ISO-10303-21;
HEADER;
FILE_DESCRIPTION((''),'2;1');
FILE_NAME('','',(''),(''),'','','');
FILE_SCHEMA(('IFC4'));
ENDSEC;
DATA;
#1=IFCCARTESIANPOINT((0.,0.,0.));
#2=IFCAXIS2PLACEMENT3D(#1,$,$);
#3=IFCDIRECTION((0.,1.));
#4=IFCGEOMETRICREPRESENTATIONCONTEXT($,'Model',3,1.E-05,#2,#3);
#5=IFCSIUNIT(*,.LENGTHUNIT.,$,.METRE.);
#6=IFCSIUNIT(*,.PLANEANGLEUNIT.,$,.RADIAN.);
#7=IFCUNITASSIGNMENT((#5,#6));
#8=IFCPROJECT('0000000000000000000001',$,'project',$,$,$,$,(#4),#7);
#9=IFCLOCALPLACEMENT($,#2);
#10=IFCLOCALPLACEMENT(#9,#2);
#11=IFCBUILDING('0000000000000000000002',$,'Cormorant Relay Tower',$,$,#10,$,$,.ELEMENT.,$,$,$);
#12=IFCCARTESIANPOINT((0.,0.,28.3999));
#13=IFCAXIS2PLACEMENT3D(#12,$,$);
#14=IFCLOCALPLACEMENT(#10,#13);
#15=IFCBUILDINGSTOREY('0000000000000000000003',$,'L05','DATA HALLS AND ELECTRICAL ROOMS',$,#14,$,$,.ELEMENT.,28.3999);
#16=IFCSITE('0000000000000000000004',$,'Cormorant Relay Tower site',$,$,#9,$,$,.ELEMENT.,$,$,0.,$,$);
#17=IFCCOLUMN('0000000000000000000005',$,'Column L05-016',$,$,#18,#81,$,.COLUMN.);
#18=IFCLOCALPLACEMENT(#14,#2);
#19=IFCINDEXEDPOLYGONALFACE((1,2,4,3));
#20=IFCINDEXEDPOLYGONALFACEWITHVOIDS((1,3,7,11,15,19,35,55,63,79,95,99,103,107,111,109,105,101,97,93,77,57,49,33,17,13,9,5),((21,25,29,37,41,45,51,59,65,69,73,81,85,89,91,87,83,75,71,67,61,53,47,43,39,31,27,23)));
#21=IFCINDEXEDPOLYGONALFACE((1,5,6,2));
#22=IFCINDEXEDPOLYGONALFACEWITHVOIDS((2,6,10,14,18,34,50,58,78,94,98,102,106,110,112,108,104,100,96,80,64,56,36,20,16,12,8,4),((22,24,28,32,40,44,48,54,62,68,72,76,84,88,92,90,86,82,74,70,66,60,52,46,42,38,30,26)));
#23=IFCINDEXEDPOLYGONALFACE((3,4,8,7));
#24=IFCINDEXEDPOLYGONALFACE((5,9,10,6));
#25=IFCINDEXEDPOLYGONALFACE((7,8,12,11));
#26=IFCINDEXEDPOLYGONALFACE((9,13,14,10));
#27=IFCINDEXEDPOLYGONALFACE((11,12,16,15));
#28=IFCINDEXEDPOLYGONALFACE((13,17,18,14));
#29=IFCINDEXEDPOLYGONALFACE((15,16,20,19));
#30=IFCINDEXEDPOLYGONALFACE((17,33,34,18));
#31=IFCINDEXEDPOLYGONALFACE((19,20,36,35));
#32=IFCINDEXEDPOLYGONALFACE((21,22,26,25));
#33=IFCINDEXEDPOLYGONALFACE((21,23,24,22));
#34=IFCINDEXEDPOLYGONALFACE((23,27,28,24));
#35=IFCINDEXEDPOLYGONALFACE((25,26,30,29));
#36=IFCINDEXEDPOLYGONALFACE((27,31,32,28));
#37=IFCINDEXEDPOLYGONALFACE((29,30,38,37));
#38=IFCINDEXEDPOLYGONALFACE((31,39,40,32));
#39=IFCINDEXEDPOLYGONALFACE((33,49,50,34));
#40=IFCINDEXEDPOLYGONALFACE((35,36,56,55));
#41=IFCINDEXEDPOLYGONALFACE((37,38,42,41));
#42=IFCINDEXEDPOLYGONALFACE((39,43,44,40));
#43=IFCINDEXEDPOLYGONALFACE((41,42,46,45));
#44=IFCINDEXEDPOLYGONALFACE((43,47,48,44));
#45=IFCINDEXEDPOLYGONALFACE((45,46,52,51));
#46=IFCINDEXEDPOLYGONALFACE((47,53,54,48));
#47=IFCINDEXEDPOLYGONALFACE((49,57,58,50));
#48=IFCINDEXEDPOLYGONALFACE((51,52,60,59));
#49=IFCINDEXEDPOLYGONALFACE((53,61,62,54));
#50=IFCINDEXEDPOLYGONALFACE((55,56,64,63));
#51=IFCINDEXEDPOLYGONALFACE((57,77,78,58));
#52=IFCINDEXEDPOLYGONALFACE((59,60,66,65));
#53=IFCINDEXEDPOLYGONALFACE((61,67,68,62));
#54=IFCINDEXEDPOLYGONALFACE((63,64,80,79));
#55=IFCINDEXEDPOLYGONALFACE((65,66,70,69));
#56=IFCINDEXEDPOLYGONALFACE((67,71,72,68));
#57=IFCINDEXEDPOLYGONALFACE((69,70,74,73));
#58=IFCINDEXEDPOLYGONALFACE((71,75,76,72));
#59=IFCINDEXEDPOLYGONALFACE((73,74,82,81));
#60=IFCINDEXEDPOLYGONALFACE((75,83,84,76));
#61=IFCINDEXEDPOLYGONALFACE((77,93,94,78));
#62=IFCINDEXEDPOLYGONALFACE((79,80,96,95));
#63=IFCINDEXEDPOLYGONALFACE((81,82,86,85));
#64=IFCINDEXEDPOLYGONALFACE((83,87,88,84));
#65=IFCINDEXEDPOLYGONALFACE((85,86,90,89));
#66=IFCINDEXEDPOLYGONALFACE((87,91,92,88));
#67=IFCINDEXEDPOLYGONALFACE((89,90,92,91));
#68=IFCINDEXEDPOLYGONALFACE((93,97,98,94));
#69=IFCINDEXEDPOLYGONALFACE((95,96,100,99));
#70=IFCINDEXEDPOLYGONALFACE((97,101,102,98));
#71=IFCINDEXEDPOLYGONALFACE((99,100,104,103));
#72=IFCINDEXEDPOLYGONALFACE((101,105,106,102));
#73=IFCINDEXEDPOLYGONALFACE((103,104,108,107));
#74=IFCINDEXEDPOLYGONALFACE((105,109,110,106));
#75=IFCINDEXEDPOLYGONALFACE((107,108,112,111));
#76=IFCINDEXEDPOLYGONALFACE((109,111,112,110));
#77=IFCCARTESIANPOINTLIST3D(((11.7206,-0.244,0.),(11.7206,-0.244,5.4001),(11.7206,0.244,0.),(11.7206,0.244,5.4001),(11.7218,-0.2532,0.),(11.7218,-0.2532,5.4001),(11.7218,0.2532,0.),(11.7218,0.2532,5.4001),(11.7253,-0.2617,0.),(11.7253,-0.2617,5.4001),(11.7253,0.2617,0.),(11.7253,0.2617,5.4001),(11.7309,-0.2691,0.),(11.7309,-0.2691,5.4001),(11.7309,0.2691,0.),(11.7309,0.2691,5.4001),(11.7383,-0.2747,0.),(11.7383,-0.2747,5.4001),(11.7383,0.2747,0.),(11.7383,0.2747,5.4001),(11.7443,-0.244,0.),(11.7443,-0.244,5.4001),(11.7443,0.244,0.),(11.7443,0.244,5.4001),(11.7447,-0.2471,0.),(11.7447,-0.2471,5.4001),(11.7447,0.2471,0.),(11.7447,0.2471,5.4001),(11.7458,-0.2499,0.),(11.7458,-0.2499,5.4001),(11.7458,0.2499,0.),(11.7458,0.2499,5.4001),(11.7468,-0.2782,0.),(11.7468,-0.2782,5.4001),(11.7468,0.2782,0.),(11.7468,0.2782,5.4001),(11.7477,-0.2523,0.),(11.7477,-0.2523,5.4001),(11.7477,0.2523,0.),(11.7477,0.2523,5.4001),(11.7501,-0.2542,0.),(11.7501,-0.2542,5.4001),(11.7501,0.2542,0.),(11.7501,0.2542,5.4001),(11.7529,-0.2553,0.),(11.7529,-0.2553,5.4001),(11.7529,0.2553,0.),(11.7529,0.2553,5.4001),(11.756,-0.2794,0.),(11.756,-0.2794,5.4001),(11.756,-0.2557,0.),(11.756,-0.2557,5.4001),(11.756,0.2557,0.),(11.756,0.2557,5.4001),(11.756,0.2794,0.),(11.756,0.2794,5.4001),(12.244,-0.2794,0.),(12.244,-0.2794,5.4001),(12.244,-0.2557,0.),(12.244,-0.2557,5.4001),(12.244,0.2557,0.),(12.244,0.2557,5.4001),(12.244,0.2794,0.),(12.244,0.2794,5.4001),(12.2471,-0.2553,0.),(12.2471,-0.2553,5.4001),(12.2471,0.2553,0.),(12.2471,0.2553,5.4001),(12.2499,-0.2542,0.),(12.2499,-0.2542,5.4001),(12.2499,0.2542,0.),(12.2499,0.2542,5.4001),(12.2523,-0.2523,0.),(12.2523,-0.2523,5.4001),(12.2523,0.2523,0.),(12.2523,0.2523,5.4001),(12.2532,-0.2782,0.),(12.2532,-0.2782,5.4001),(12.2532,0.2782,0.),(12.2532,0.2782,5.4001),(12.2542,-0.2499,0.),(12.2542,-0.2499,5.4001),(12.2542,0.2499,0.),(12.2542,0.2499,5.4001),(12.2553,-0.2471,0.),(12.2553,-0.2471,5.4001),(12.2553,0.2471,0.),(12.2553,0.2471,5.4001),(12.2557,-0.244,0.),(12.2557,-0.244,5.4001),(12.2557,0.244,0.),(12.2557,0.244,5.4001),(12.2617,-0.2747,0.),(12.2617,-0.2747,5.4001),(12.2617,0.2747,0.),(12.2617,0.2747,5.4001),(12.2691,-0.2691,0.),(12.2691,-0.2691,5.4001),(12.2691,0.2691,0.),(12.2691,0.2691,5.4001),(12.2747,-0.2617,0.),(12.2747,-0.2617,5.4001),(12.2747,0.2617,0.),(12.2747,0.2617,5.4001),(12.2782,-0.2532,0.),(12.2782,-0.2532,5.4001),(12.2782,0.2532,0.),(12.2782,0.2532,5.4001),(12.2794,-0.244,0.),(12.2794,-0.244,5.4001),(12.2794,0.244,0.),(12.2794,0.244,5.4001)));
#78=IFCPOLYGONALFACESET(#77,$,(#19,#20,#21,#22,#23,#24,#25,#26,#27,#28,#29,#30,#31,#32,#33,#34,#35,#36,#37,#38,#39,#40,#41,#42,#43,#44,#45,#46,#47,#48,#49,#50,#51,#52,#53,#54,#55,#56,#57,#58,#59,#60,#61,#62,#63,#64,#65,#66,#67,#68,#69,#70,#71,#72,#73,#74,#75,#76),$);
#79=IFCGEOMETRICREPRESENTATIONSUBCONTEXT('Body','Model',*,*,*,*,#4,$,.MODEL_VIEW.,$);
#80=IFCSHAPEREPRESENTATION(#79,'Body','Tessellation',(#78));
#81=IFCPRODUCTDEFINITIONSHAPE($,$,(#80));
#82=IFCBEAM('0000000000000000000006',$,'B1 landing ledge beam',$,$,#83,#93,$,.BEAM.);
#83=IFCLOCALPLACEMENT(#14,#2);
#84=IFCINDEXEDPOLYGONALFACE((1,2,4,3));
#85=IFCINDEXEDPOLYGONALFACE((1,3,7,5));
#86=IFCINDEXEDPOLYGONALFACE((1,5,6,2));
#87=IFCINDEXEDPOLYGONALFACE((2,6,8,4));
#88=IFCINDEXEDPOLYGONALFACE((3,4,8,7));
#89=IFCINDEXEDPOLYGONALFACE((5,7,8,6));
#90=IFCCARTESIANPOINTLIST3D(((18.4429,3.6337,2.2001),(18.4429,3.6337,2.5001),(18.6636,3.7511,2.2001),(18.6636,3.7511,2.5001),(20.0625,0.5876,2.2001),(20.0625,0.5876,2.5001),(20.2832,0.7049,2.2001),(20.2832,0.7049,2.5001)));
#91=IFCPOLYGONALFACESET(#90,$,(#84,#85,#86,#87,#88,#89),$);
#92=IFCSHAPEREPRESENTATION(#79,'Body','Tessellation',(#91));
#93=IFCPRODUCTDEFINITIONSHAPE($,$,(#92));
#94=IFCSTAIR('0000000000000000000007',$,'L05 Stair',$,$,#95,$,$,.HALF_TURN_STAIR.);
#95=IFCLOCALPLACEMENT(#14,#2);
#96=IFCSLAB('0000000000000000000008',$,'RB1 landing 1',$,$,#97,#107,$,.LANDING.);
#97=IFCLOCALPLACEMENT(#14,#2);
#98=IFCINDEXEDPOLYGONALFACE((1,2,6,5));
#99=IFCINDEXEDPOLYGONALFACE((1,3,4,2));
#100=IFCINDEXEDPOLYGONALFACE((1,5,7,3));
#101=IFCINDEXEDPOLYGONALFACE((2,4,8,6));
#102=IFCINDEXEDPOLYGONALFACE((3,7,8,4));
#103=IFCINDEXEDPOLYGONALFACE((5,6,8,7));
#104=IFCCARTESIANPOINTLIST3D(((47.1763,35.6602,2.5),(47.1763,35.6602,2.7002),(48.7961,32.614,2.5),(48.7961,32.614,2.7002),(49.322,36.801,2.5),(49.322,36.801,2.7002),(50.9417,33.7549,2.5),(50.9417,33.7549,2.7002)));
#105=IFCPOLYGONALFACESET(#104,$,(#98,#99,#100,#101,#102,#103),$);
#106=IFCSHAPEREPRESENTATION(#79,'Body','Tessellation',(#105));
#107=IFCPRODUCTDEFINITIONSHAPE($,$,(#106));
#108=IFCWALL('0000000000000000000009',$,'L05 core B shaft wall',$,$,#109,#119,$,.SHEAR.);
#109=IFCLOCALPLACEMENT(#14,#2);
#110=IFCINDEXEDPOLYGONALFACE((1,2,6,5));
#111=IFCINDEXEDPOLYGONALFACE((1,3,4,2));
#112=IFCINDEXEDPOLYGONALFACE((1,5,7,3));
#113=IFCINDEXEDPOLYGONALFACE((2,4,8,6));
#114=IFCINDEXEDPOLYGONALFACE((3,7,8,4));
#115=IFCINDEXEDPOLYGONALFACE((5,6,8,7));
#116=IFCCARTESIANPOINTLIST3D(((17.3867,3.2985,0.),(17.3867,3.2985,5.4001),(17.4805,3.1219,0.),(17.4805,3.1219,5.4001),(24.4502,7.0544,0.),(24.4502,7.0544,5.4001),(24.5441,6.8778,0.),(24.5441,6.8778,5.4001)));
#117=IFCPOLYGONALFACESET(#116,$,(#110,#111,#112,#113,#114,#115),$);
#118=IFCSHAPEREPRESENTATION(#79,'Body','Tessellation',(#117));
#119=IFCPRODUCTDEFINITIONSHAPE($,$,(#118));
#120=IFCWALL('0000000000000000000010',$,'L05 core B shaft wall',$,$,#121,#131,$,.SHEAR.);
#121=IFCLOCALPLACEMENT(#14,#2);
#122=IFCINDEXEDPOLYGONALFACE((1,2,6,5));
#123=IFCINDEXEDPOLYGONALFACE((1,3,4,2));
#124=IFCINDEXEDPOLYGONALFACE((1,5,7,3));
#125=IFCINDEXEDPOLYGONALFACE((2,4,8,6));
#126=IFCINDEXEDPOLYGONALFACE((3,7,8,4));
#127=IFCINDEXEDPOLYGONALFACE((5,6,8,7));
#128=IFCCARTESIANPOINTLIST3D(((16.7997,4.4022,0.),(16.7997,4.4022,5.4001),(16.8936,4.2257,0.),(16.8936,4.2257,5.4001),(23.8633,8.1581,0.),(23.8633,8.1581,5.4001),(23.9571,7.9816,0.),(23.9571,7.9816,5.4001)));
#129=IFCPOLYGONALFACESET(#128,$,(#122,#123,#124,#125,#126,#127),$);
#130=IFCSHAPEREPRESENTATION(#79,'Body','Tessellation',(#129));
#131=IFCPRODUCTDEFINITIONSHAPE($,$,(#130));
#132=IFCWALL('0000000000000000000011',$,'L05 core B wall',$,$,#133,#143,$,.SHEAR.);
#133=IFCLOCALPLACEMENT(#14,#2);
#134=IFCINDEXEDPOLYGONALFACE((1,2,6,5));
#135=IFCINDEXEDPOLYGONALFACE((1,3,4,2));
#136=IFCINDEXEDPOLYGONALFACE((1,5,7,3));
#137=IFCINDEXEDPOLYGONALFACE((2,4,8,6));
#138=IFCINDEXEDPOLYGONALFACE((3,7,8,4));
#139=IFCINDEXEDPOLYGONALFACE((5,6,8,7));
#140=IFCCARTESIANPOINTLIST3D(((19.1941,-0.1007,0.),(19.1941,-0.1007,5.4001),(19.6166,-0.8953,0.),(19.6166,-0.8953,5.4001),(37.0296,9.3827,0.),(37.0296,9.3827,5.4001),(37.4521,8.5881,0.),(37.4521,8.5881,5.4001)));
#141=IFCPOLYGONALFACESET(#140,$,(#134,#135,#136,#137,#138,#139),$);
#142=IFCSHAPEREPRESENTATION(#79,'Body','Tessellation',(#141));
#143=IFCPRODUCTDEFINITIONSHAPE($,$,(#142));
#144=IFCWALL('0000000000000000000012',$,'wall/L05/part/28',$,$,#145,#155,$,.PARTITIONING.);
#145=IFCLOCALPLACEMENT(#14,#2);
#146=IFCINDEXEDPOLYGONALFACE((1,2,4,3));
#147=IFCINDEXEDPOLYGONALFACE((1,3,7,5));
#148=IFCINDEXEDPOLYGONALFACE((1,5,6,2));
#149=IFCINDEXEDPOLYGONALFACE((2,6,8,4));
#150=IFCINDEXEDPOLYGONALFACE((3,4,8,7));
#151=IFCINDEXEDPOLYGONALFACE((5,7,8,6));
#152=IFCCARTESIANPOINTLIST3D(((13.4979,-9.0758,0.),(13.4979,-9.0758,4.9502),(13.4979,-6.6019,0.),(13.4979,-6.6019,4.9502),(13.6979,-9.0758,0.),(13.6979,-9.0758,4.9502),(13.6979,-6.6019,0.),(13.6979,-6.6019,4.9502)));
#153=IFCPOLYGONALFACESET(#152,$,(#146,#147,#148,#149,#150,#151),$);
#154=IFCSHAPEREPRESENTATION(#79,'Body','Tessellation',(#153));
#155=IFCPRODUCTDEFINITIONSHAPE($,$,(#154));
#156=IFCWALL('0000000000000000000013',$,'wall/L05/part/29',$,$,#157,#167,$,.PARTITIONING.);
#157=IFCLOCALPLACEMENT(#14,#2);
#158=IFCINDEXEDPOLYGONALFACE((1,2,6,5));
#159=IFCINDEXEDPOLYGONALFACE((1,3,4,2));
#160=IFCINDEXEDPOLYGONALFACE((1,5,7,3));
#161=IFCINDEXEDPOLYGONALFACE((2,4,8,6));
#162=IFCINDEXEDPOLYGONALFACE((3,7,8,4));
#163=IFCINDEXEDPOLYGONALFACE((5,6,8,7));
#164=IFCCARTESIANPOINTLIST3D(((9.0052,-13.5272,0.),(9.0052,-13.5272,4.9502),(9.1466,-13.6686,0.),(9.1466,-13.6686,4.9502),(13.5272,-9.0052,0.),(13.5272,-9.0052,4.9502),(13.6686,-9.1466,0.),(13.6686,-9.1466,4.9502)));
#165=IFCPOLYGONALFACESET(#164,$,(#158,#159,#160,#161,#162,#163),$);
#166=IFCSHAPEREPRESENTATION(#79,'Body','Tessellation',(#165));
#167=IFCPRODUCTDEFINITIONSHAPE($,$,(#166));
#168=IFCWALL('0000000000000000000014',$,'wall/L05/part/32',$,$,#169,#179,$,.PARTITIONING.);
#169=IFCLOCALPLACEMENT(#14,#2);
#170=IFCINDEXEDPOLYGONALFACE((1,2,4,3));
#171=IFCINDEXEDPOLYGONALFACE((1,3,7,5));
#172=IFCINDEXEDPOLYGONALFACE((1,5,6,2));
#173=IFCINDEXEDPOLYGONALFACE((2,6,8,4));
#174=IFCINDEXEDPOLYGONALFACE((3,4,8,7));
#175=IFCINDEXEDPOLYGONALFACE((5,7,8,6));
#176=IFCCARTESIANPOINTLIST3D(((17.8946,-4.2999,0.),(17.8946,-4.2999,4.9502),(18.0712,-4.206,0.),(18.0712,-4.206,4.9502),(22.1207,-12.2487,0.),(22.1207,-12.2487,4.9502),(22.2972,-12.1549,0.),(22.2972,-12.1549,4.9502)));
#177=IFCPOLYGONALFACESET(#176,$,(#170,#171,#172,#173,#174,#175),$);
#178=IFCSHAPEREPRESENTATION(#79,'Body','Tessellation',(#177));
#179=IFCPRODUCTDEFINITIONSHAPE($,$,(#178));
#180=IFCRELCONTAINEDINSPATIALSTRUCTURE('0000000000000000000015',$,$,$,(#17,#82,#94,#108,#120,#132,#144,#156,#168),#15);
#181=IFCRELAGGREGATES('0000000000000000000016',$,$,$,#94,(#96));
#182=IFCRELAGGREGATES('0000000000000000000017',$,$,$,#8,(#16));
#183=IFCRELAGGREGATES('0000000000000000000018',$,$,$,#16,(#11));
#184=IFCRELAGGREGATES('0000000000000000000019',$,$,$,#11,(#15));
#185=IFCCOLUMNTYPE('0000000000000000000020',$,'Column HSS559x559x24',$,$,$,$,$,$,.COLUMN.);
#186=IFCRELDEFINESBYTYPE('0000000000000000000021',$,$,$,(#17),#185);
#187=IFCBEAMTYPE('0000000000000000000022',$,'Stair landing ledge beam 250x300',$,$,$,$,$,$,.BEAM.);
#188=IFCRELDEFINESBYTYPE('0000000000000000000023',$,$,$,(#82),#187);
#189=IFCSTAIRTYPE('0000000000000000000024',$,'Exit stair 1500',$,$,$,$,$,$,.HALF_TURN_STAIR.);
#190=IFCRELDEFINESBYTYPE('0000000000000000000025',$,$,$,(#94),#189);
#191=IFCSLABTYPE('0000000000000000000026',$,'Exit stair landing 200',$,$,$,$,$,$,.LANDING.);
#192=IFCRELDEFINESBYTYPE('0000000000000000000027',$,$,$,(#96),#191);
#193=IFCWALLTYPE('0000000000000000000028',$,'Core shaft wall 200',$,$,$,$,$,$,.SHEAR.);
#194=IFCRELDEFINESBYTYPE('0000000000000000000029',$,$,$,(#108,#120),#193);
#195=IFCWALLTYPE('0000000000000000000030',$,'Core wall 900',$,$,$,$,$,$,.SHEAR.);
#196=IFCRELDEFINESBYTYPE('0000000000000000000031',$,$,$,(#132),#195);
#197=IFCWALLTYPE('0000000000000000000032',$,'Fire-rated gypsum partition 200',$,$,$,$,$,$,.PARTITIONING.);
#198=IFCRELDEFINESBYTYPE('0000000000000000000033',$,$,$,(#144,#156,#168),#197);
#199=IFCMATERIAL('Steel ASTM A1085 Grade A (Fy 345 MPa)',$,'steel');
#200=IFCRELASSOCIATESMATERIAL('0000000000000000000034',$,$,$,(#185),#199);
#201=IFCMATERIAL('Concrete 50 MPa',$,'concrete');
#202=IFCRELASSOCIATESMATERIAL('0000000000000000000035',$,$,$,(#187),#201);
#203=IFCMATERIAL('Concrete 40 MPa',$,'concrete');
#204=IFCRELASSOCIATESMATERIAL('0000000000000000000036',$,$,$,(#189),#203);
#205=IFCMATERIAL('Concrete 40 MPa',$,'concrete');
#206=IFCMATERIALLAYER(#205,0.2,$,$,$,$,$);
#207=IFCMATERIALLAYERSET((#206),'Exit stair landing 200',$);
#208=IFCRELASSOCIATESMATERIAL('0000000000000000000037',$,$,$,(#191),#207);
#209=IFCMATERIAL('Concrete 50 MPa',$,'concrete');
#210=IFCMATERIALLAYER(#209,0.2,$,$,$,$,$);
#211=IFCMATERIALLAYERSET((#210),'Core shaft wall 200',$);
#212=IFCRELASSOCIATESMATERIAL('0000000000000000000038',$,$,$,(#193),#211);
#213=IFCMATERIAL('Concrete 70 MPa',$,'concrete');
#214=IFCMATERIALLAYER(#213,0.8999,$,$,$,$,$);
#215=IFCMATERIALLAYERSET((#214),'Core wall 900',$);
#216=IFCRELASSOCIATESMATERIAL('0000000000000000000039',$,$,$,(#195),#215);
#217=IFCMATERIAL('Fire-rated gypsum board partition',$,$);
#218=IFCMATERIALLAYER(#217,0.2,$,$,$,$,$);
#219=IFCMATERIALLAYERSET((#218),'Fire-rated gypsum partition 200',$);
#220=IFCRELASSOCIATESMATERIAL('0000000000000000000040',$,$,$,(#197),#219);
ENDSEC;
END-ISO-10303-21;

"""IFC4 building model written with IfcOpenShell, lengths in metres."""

from ifc_helpers import new_model, si_unit, direction, frame, frame_2d, origin, origin_2d, place, context, subcontext, project, spatial, polyline, rectangle, hollow_rectangle, outline, extrude, material, layer, layer_set, material_profile, profile_set, type_object, element, aggregate, save


model = new_model("IFC4")

# Units and contexts
model_context = context("Model", 3, precision=1e-05, world=origin(), true_north=direction((0.0, 1.0)))
body_context = subcontext(model_context, "Body", "Model", "MODEL_VIEW")
ifc_project = project(units=[si_unit("LENGTHUNIT", "METRE"), si_unit("PLANEANGLEUNIT", "RADIAN")], contexts=[model_context])

# Site, building, storey
site_placement = place(None, origin())
site = spatial("IfcSite", under=ifc_project, at=site_placement, Name="Cormorant Relay Tower site", CompositionType="ELEMENT", RefElevation=0.0)
building_placement = place(site_placement, origin())
building = spatial("IfcBuilding", under=site, at=building_placement, Name="Cormorant Relay Tower", CompositionType="ELEMENT")
storey_placement = place(building_placement, frame((0.0, 0.0, 28.3999)))
storey = spatial("IfcBuildingStorey", under=building, at=storey_placement, Name="L05", Description="DATA HALLS AND ELECTRICAL ROOMS", CompositionType="ELEMENT", Elevation=28.3999)

# Column
ifc_material_1 = material(Name="Steel ASTM A1085 Grade A (Fy 345 MPa)", Category="steel")
ifc_material_profile_1 = material_profile(ifc_material_1, hollow_rectangle(XDim=0.5588, YDim=0.5588, WallThickness=0.0237, InnerFilletRadius=0.0117, OuterFilletRadius=0.0354, at=origin_2d()), Name="HSS559x559x24")
ifc_profile_set_1 = profile_set([ifc_material_profile_1], Name="Steel ASTM A1085 Grade A (Fy 345 MPa)")
column_type = type_object("IfcColumnType", Name="Column HSS559x559x24", PredefinedType="COLUMN", material=ifc_profile_set_1)
column_placement = place(storey_placement, frame((12.0, 0.0, 0.0), z_axis=(0.0, 0.0, 1.0), x_axis=(1.0, 0.0, 0.0)))
element("IfcColumn", 1, at=column_placement, inside=storey, type_object=column_type, Name="Column L05-016", PredefinedType="COLUMN", context=body_context, shape_type="SweptSolid", body=[
    extrude(hollow_rectangle(XDim=0.5588, YDim=0.5588, WallThickness=0.0237, InnerFilletRadius=0.0117, OuterFilletRadius=0.0354, at=origin_2d()), origin(), (0.0, 0.0, 1.0), 5.4001),
])

# Beam
ifc_material_2 = material(Name="Concrete 50 MPa", Category="concrete")
ifc_material_profile_2 = material_profile(ifc_material_2, rectangle(XDim=0.25, YDim=0.3, at=origin_2d()), Name="RC 250x300")
ifc_profile_set_2 = profile_set([ifc_material_profile_2], Name="Concrete 50 MPa")
beam_type = type_object("IfcBeamType", Name="Stair landing ledge beam 250x300", PredefinedType="BEAM", material=ifc_profile_set_2)
beam_placement = place(storey_placement, frame((18.5532, 3.6924, 2.3501), z_axis=(0.469464, -0.882952, 0.0), x_axis=(0.882952, 0.469464, 0.0)))
element("IfcBeam", 2, at=beam_placement, inside=storey, type_object=beam_type, Name="B1 landing ledge beam", PredefinedType="BEAM", context=body_context, shape_type="SweptSolid", body=[
    extrude(rectangle(XDim=0.25, YDim=0.3, at=origin_2d()), origin(), (0.0, 0.0, 1.0), 3.45),
])

# Stair, slab
ifc_material_3 = material(Name="Concrete 40 MPa", Category="concrete")
stair_type = type_object("IfcStairType", Name="Exit stair 1500", PredefinedType="HALF_TURN_STAIR", material=ifc_material_3)
stair_1_placement = place(storey_placement, origin())
stair_1 = element("IfcStair", 3, at=stair_1_placement, inside=storey, type_object=stair_type, Name="L05 Stair", PredefinedType="HALF_TURN_STAIR")
ifc_material_4 = material(Name="Concrete 40 MPa", Category="concrete")
ifc_layer_1 = layer(ifc_material_4, 0.2)
ifc_layer_set_1 = layer_set([ifc_layer_1], Name="Exit stair landing 200")
slab_type = type_object("IfcSlabType", Name="Exit stair landing 200", PredefinedType="LANDING", material=ifc_layer_set_1)
slab_placement = place(storey_placement, frame((0.0, 0.0, 2.5)))
slab = element("IfcSlab", 4, at=slab_placement, type_object=slab_type, Name="RB1 landing 1", PredefinedType="LANDING", context=body_context, shape_type="SweptSolid", body=[
    extrude(outline(polyline([(48.7961, 32.614), (50.9417, 33.7549), (49.322, 36.801), (47.1763, 35.6602), (48.7961, 32.614)])), origin(), (0.0, 0.0, 1.0), 0.2002),
])
aggregate(stair_1, [slab])

# Walls
ifc_material_5 = material(Name="Concrete 50 MPa", Category="concrete")
ifc_layer_2 = layer(ifc_material_5, 0.2)
ifc_layer_set_2 = layer_set([ifc_layer_2], Name="Core shaft wall 200")
wall_type_1 = type_object("IfcWallType", Name="Core shaft wall 200", PredefinedType="SHEAR", material=ifc_layer_set_2)
for number, where, z_axis, x_axis, name in (
    (5, (17.4336, 3.2102, 0.0), (0.0, 0.0, 1.0), (0.88294, 0.469485, 0.0), "L05 core B shaft wall"),
    (6, (16.8467, 4.314, 0.0), (0.0, 0.0, 1.0), (0.88294, 0.469485, 0.0), "L05 core B shaft wall"),
):
    element("IfcWall", number, at=place(storey_placement, frame(where, z_axis=z_axis, x_axis=x_axis)), inside=storey, type_object=wall_type_1, Name=name, PredefinedType="SHEAR", context=body_context, shape_type="SweptSolid", body=[
        extrude(rectangle(XDim=8.0, YDim=0.2, at=frame_2d((4.0, 0.0))), origin(), (0.0, 0.0, 1.0), 5.4001),
    ])

# Shared definitions
ifc_material_6 = material(Name="Concrete 70 MPa", Category="concrete")
ifc_layer_3 = layer(ifc_material_6, 0.8999)
ifc_layer_set_3 = layer_set([ifc_layer_3], Name="Core wall 900")
wall_type_2 = type_object("IfcWallType", Name="Core wall 900", PredefinedType="SHEAR", material=ifc_layer_set_3)

# Walls
wall_1_placement = place(storey_placement, frame((19.4053, -0.498, 0.0), z_axis=(0.0, 0.0, 1.0), x_axis=(0.882945, 0.469476, 0.0)))
element("IfcWall", 7, at=wall_1_placement, inside=storey, type_object=wall_type_2, Name="L05 core B wall", PredefinedType="SHEAR", context=body_context, shape_type="SweptSolid", body=[
    extrude(rectangle(XDim=20.2, YDim=0.8999, at=frame_2d((10.1001, 0.0))), origin(), (0.0, 0.0, 1.0), 5.4001),
])
ifc_material_7 = material(Name="Fire-rated gypsum board partition")
ifc_layer_4 = layer(ifc_material_7, 0.2)
ifc_layer_set_4 = layer_set([ifc_layer_4], Name="Fire-rated gypsum partition 200")
wall_type_3 = type_object("IfcWallType", Name="Fire-rated gypsum partition 200", PredefinedType="PARTITIONING", material=ifc_layer_set_4)
wall_2_placement = place(storey_placement, frame((13.5979, -6.6021, 0.0), z_axis=(0.0, 0.0, 1.0), x_axis=(0.0, -1.0, 0.0)))
element("IfcWall", 8, at=wall_2_placement, inside=storey, type_object=wall_type_3, Name="wall/L05/part/28", PredefinedType="PARTITIONING", context=body_context, shape_type="SweptSolid", body=[
    extrude(rectangle(XDim=2.4739, YDim=0.2, at=frame_2d((1.2368, 0.0))), origin(), (0.0, 0.0, 1.0), 4.9502),
])
wall_3_placement = place(storey_placement, frame((13.5979, -9.0759, 0.0), z_axis=(0.0, 0.0, 1.0), x_axis=(-0.707107, -0.707107, 0.0)))
element("IfcWall", 9, at=wall_3_placement, inside=storey, type_object=wall_type_3, Name="wall/L05/part/29", PredefinedType="PARTITIONING", context=body_context, shape_type="SweptSolid", body=[
    extrude(rectangle(XDim=6.395, YDim=0.2, at=frame_2d((3.1975, 0.0))), origin(), (0.0, 0.0, 1.0), 4.9502),
])
wall_4_placement = place(storey_placement, frame((17.9829, -4.2529, 0.0), z_axis=(0.0, 0.0, 1.0), x_axis=(0.469431, -0.882969, 0.0)))
element("IfcWall", 10, at=wall_4_placement, inside=storey, type_object=wall_type_3, Name="wall/L05/part/32", PredefinedType="PARTITIONING", context=body_context, shape_type="SweptSolid", body=[
    extrude(rectangle(XDim=9.0024, YDim=0.2, at=frame_2d((4.5012, 0.0))), origin(), (0.0, 0.0, 1.0), 4.9502),
])

save(model, "model.ifc")
